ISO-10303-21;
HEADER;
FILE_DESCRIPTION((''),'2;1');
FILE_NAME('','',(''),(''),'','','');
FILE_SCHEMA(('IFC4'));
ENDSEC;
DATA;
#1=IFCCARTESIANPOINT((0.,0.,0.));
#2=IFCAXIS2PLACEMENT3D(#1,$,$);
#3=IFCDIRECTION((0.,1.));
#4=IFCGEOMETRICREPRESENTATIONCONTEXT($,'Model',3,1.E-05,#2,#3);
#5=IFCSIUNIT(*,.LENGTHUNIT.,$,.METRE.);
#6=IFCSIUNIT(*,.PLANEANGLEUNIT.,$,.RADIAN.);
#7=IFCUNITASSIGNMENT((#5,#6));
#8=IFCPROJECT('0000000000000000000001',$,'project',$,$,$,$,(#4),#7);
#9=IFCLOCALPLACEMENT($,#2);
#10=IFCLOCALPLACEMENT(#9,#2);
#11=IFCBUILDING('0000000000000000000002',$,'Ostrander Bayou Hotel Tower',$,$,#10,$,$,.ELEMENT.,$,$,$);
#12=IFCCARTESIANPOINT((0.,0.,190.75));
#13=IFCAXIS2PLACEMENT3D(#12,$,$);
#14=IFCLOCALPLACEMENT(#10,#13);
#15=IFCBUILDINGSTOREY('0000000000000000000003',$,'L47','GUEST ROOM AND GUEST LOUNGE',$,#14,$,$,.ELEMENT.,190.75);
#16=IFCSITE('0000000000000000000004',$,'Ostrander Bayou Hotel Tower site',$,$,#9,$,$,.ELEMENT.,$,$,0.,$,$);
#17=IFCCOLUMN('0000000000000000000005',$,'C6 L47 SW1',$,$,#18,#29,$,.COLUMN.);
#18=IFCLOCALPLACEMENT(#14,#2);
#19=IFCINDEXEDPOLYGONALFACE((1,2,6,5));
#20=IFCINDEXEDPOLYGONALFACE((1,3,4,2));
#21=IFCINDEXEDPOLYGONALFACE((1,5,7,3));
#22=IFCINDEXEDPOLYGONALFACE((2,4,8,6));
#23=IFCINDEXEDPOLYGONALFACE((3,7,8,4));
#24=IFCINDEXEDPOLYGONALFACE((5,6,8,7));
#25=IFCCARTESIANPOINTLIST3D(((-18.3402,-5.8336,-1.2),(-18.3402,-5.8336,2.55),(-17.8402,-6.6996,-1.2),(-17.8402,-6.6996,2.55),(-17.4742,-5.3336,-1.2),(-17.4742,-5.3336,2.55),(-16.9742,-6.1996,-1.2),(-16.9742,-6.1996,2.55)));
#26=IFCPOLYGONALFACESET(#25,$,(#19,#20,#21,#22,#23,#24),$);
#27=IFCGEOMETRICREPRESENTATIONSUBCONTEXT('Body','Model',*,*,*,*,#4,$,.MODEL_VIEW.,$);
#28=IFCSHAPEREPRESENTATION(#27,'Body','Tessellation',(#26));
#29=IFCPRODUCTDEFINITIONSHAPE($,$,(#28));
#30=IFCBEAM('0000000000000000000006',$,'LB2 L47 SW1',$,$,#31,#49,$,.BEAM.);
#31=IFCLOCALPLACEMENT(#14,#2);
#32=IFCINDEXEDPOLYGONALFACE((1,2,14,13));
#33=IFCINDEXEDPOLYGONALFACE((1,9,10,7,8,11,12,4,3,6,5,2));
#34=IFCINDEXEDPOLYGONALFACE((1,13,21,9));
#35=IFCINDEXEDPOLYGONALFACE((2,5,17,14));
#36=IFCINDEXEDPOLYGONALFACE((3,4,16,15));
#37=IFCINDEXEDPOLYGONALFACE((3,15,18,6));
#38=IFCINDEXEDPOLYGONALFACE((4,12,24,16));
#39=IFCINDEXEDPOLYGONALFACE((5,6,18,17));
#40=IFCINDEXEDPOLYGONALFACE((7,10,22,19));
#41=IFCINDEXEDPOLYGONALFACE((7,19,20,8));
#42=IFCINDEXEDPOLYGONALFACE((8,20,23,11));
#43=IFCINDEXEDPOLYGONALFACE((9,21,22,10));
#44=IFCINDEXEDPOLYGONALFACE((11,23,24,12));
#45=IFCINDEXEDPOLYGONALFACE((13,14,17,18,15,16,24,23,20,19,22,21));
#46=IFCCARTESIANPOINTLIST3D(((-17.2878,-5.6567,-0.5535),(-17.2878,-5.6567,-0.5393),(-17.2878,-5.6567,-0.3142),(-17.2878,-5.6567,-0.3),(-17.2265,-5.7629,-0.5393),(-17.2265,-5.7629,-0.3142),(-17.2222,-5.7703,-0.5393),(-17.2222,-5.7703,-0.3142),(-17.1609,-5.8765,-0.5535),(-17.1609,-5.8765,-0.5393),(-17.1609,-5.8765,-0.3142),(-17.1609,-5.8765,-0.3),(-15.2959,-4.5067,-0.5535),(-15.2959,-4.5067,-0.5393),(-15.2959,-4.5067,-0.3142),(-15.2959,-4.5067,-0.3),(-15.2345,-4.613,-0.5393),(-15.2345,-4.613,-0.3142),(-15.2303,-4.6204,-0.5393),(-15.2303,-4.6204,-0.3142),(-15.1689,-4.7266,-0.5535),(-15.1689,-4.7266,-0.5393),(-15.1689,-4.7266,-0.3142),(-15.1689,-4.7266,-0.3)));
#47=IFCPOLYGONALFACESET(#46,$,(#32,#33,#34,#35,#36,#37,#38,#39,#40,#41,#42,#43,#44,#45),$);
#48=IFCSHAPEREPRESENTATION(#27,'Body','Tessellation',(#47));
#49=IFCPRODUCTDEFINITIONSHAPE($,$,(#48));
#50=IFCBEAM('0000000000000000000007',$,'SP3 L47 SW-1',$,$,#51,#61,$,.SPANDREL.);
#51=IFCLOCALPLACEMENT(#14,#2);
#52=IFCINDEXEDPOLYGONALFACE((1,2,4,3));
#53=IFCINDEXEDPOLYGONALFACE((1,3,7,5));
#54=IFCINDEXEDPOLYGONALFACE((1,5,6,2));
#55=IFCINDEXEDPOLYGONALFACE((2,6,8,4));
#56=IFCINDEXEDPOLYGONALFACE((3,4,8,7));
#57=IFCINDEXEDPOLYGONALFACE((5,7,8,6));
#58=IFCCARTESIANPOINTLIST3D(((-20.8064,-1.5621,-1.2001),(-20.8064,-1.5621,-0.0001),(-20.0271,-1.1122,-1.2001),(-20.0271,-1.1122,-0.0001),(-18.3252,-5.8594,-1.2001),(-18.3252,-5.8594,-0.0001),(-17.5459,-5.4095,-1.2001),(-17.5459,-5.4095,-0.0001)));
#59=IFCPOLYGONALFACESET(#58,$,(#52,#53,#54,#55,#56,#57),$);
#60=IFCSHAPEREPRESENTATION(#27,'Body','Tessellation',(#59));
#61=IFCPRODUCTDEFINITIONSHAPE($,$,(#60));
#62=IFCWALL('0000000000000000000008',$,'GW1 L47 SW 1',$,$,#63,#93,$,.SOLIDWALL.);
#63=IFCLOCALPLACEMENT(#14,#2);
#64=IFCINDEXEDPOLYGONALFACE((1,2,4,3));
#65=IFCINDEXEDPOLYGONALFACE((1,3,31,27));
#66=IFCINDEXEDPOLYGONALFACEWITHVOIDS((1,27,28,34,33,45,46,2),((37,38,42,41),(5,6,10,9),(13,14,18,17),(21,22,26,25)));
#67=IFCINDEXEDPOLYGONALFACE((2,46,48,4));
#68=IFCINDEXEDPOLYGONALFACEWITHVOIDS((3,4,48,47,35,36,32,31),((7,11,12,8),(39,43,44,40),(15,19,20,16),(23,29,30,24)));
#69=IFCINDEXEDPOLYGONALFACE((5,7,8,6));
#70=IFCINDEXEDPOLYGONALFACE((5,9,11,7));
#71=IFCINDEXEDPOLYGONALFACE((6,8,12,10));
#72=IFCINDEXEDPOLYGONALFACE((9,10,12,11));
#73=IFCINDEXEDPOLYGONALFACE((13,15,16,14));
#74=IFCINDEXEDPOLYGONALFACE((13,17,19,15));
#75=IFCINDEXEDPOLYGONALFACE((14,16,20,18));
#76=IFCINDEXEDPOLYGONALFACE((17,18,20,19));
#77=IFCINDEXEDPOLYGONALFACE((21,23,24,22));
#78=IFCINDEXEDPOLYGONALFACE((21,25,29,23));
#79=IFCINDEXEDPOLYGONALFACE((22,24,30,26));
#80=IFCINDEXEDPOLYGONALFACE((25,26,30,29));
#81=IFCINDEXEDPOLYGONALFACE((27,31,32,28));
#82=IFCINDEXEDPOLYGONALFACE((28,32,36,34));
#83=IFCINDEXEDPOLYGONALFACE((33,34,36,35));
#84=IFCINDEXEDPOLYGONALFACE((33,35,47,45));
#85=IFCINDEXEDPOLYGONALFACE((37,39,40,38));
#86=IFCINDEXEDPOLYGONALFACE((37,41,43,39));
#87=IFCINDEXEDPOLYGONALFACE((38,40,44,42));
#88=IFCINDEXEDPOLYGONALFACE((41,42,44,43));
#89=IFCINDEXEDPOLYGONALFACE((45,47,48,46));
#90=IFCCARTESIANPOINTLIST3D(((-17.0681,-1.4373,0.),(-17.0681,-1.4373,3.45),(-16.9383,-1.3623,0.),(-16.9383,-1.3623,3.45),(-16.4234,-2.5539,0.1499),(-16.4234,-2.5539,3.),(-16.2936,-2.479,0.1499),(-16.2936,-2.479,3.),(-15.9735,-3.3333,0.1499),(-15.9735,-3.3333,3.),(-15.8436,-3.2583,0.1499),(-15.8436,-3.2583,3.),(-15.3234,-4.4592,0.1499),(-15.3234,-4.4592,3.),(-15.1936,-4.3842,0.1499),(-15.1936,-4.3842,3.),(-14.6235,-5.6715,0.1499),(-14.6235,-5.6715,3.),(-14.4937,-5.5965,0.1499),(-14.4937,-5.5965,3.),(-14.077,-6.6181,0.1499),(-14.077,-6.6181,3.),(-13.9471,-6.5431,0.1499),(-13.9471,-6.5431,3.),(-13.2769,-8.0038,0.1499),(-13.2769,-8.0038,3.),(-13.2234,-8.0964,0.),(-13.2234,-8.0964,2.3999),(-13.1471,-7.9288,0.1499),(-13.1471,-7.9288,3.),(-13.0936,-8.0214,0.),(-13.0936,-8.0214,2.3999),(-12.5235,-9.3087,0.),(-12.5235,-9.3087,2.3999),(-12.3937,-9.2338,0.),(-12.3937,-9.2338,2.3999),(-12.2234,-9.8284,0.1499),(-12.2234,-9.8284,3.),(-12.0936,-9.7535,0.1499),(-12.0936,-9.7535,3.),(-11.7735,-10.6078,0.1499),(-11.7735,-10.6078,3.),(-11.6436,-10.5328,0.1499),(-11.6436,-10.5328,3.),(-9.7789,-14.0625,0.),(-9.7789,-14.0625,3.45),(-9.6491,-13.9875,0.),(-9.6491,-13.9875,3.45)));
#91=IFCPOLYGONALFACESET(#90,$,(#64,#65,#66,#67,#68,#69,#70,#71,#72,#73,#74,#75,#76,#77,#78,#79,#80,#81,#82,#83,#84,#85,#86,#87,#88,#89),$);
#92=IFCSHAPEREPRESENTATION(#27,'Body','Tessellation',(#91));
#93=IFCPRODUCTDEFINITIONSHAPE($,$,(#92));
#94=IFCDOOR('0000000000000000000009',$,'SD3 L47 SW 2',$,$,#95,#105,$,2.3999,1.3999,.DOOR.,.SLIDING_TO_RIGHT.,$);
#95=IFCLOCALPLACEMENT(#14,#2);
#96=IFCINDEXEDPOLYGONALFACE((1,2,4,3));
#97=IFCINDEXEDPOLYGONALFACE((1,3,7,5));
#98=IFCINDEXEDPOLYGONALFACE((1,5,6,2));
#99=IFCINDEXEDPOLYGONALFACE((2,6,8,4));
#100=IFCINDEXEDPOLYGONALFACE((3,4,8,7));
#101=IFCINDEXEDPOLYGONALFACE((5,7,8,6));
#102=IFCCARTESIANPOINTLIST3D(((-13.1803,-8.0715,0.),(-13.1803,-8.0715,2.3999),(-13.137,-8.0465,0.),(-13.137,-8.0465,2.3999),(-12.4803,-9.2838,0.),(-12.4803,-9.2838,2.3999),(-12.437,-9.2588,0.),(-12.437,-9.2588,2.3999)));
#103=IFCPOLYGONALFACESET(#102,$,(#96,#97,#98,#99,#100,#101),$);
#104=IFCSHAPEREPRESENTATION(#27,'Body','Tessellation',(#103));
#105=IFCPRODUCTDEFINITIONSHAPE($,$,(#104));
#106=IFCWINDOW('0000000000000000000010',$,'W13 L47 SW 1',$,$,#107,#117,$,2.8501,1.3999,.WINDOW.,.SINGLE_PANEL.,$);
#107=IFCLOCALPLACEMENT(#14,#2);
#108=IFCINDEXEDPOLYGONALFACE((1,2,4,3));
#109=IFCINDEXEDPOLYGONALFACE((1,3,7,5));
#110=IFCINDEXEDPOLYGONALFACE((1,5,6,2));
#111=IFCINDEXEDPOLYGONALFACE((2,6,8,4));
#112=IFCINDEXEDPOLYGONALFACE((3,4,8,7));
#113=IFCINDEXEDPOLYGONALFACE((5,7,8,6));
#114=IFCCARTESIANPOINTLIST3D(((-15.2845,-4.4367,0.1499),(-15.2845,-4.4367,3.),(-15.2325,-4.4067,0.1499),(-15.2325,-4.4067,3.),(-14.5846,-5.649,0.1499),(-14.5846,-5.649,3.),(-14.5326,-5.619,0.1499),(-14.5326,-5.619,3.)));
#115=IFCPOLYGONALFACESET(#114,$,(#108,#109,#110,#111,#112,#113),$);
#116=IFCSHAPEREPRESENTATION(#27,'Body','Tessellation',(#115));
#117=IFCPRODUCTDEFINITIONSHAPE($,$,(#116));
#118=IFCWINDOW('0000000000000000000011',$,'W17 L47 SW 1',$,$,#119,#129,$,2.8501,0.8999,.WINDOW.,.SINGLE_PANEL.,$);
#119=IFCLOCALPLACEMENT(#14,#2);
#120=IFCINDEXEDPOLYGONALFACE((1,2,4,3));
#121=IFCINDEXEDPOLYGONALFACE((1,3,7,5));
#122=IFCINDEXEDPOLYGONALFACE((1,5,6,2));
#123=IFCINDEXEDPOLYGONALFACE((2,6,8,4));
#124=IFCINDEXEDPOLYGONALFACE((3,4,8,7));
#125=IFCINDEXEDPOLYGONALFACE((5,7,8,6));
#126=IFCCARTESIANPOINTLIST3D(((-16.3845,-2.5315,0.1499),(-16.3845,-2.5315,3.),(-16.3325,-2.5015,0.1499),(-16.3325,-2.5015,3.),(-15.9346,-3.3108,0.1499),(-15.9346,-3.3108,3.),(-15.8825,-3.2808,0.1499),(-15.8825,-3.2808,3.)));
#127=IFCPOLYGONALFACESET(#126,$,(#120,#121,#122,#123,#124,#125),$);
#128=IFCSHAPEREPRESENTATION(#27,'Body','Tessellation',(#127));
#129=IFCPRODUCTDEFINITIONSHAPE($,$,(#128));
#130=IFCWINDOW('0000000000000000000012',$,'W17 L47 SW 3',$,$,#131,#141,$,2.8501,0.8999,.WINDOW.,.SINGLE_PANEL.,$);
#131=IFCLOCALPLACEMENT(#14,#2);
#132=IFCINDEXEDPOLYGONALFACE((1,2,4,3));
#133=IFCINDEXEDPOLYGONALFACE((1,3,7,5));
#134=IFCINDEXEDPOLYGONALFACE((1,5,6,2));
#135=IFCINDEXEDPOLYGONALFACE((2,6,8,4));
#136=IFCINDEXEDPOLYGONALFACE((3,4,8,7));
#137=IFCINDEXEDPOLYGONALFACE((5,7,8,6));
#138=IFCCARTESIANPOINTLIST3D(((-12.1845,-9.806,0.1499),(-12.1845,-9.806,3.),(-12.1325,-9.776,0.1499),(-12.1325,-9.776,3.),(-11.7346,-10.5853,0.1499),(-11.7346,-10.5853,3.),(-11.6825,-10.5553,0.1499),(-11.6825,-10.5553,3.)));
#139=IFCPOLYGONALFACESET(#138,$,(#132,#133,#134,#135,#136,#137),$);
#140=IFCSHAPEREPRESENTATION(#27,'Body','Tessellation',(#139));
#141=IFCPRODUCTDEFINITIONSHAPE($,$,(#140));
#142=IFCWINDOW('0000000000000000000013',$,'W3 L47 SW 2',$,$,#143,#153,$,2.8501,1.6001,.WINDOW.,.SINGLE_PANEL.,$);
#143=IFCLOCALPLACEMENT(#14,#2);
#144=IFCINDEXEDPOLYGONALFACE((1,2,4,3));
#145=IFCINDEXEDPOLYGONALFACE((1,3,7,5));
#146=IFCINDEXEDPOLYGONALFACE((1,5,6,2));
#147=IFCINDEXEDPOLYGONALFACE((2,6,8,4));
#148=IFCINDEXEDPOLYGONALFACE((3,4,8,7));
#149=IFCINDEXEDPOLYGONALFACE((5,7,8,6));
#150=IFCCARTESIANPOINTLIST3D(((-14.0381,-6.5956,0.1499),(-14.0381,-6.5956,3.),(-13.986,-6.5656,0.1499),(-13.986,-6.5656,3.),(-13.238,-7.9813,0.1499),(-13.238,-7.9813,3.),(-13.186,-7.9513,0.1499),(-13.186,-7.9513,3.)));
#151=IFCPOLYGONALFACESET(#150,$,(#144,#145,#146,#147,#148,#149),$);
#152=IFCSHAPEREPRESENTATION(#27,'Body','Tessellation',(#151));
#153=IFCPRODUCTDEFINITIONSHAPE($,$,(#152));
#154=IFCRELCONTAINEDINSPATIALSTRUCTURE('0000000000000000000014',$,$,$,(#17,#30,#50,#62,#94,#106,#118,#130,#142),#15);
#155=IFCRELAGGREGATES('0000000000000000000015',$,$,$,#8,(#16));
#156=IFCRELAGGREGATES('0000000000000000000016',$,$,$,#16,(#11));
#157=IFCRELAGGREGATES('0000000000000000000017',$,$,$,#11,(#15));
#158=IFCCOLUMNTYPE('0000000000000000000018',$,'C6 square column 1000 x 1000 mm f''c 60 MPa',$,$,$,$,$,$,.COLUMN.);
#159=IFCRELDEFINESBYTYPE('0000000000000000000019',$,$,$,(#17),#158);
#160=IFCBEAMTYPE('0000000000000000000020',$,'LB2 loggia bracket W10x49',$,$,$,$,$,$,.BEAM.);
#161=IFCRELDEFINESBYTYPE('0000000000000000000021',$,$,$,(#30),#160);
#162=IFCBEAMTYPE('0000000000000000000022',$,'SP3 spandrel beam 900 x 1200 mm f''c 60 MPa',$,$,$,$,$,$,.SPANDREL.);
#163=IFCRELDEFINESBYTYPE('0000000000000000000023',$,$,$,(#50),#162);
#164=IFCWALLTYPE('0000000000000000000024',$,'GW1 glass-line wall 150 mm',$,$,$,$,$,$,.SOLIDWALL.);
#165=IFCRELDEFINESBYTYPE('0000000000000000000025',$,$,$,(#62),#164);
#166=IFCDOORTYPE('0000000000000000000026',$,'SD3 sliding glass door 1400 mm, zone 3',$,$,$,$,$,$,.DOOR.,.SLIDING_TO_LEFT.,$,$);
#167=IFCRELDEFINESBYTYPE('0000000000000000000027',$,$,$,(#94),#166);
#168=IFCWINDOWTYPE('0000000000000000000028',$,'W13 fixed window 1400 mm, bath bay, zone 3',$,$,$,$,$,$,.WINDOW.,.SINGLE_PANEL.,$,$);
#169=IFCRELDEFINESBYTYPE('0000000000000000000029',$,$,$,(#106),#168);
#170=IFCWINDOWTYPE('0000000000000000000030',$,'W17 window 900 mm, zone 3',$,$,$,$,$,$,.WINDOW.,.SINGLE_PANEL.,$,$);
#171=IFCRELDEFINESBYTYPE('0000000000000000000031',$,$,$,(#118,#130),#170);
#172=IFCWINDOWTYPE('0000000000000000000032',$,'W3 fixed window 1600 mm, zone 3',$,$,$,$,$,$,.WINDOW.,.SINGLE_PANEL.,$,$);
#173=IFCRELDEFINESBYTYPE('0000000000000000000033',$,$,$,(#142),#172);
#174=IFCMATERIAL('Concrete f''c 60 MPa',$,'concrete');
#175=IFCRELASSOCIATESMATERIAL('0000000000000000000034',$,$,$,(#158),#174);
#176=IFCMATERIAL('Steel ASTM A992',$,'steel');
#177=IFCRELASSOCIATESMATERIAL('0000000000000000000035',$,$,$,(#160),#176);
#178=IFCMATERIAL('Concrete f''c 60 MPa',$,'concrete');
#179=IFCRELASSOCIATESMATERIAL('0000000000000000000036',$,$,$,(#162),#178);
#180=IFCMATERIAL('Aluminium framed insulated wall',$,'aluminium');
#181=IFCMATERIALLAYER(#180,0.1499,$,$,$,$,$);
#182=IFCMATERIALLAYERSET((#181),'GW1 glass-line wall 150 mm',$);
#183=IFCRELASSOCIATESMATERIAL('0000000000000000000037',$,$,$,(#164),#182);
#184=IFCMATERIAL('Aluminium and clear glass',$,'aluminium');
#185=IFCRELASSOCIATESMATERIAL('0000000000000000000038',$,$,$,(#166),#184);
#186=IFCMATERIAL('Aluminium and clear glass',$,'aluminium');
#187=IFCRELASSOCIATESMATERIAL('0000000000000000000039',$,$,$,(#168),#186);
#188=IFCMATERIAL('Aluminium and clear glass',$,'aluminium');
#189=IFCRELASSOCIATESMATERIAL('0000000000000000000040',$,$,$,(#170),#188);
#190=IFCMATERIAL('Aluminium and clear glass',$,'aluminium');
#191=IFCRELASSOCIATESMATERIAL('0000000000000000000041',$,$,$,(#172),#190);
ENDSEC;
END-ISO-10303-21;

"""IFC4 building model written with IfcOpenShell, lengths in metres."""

from ifc_helpers import new_model, si_unit, direction, frame, frame_2d, origin, origin_2d, place, context, subcontext, project, spatial, rectangle, i_section, extrude, material, layer, layer_set, material_profile, profile_set, type_object, element, fill, save


model = new_model("IFC4")

# Units and contexts
model_context = context("Model", 3, precision=1e-05, world=origin(), true_north=direction((0.0, 1.0)))
body_context = subcontext(model_context, "Body", "Model", "MODEL_VIEW")
ifc_project = project(units=[si_unit("LENGTHUNIT", "METRE"), si_unit("PLANEANGLEUNIT", "RADIAN")], contexts=[model_context])

# Site, building, storey
site_placement = place(None, origin())
site = spatial("IfcSite", under=ifc_project, at=site_placement, Name="Ostrander Bayou Hotel Tower site", CompositionType="ELEMENT", RefElevation=0.0)
building_placement = place(site_placement, origin())
building = spatial("IfcBuilding", under=site, at=building_placement, Name="Ostrander Bayou Hotel Tower", CompositionType="ELEMENT")
storey_placement = place(building_placement, frame((0.0, 0.0, 190.75)))
storey = spatial("IfcBuildingStorey", under=building, at=storey_placement, Name="L47", Description="GUEST ROOM AND GUEST LOUNGE", CompositionType="ELEMENT", Elevation=190.75)

# Column
ifc_material_1 = material(Name="Concrete f'c 60 MPa", Category="concrete")
ifc_material_profile_1 = material_profile(ifc_material_1, rectangle(XDim=1.0, YDim=1.0, at=origin_2d()))
ifc_profile_set_1 = profile_set([ifc_material_profile_1], Name="Concrete f'c 60 MPa")
column_type = type_object("IfcColumnType", Name="C6 square column 1000 x 1000 mm f'c 60 MPa", PredefinedType="COLUMN", material=ifc_profile_set_1)
column_placement = place(storey_placement, frame((-17.6572, -6.0166, -1.2), z_axis=(0.0, 0.0, 1.0), x_axis=(-0.5, 0.866025, 0.0)))
element("IfcColumn", 1, at=column_placement, inside=storey, type_object=column_type, Name="C6 L47 SW1", PredefinedType="COLUMN", context=body_context, shape_type="SweptSolid", body=[
    extrude(rectangle(XDim=1.0, YDim=1.0, at=origin_2d()), origin(), (0.0, 0.0, 1.0), 3.75),
])

# Beams
ifc_material_2 = material(Name="Steel ASTM A992", Category="steel")
ifc_material_profile_2 = material_profile(ifc_material_2, i_section(OverallWidth=0.2539, OverallDepth=0.2534, WebThickness=0.0085, FlangeThickness=0.0142, at=origin_2d()))
ifc_profile_set_2 = profile_set([ifc_material_profile_2], Name="Steel ASTM A992")
beam_type_1 = type_object("IfcBeamType", Name="LB2 loggia bracket W10x49", PredefinedType="BEAM", material=ifc_profile_set_2)
beam_1_placement = place(storey_placement, frame((-17.2244, -5.7666, -0.4268), z_axis=(0.866053, 0.499952, 0.0), x_axis=(-0.499952, 0.866053, 0.0)))
element("IfcBeam", 2, at=beam_1_placement, inside=storey, type_object=beam_type_1, Name="LB2 L47 SW1", PredefinedType="BEAM", context=body_context, shape_type="SweptSolid", body=[
    extrude(i_section(OverallWidth=0.2539, OverallDepth=0.2534, WebThickness=0.0085, FlangeThickness=0.0142, at=origin_2d()), origin(), (0.0, 0.0, 1.0), 2.3),
])
ifc_material_3 = material(Name="Concrete f'c 60 MPa", Category="concrete")
ifc_material_profile_3 = material_profile(ifc_material_3, rectangle(XDim=0.8999, YDim=1.2, at=origin_2d()))
ifc_profile_set_3 = profile_set([ifc_material_profile_3], Name="Concrete f'c 60 MPa")
beam_type_2 = type_object("IfcBeamType", Name="SP3 spandrel beam 900 x 1200 mm f'c 60 MPa", PredefinedType="SPANDREL", material=ifc_profile_set_3)
beam_2_placement = place(storey_placement, frame((-20.4167, -1.3372, -0.6001), z_axis=(0.500018, -0.866015, 0.0), x_axis=(0.866015, 0.500018, 0.0)))
element("IfcBeam", 3, at=beam_2_placement, inside=storey, type_object=beam_type_2, Name="SP3 L47 SW-1", PredefinedType="SPANDREL", context=body_context, shape_type="SweptSolid", body=[
    extrude(rectangle(XDim=0.8999, YDim=1.2, at=origin_2d()), origin(), (0.0, 0.0, 1.0), 4.9622),
])

# Wall, openings, door, windows
ifc_material_4 = material(Name="Aluminium framed insulated wall", Category="aluminium")
ifc_layer_1 = layer(ifc_material_4, 0.1499)
ifc_layer_set_1 = layer_set([ifc_layer_1], Name="GW1 glass-line wall 150 mm")
wall_type_1 = type_object("IfcWallType", Name="GW1 glass-line wall 150 mm", PredefinedType="SOLIDWALL", material=ifc_layer_set_1)
wall_1_placement = place(storey_placement, frame((-17.0032, -1.3999, 0.0), z_axis=(0.0, 0.0, 1.0), x_axis=(0.500006, -0.866022, 0.0)))
wall_1 = element("IfcWall", 4, at=wall_1_placement, inside=storey, type_object=wall_type_1, Name="GW1 L47 SW 1", PredefinedType="SOLIDWALL", context=body_context, shape_type="SweptSolid", body=[
    extrude(rectangle(XDim=14.5784, YDim=0.1499, at=frame_2d((7.2891, 0.0))), origin(), (0.0, 0.0, 1.0), 3.45),
])
opening_1_placement = place(wall_1_placement, frame((1.2893, 0.0, 0.1499)))
opening_1 = element("IfcOpeningElement", 5, at=opening_1_placement, cuts=wall_1, PredefinedType="OPENING", context=body_context, shape_type="SweptSolid", body=[
    extrude(rectangle(XDim=0.8999, YDim=2.8501, at=frame_2d((0.45, 1.425))), frame((0.0, 0.075, 0.0), z_axis=(0.0, -1.0, 0.0), x_axis=(1.0, 0.0, 0.0)), (0.0, 0.0, 1.0), 0.1499),
])
opening_2_placement = place(wall_1_placement, frame((3.4893, 0.0, 0.1499)))
opening_2 = element("IfcOpeningElement", 6, at=opening_2_placement, cuts=wall_1, PredefinedType="OPENING", context=body_context, shape_type="SweptSolid", body=[
    extrude(rectangle(XDim=1.3999, YDim=2.8501, at=frame_2d((0.7, 1.425))), frame((0.0, 0.075, 0.0), z_axis=(0.0, -1.0, 0.0), x_axis=(1.0, 0.0, 0.0)), (0.0, 0.0, 1.0), 0.1499),
])
opening_3_placement = place(wall_1_placement, frame((5.9822, 0.0, 0.1499)))
opening_3 = element("IfcOpeningElement", 7, at=opening_3_placement, cuts=wall_1, PredefinedType="OPENING", context=body_context, shape_type="SweptSolid", body=[
    extrude(rectangle(XDim=1.6001, YDim=2.8501, at=frame_2d((0.8, 1.425))), frame((0.0, 0.075, 0.0), z_axis=(0.0, -1.0, 0.0), x_axis=(1.0, 0.0, 0.0)), (0.0, 0.0, 1.0), 0.1499),
])
opening_4_placement = place(wall_1_placement, frame((7.6892, 0.0, 0.0)))
opening_4 = element("IfcOpeningElement", 8, at=opening_4_placement, cuts=wall_1, PredefinedType="OPENING", context=body_context, shape_type="SweptSolid", body=[
    extrude(rectangle(XDim=1.3999, YDim=2.3999, at=frame_2d((0.7, 1.2))), frame((0.0, 0.075, 0.0), z_axis=(0.0, -1.0, 0.0), x_axis=(1.0, 0.0, 0.0)), (0.0, 0.0, 1.0), 0.1499),
])
opening_5_placement = place(wall_1_placement, frame((9.6892, 0.0, 0.1499)))
opening_5 = element("IfcOpeningElement", 9, at=opening_5_placement, cuts=wall_1, PredefinedType="OPENING", context=body_context, shape_type="SweptSolid", body=[
    extrude(rectangle(XDim=0.8999, YDim=2.8501, at=frame_2d((0.45, 1.425))), frame((0.0, 0.075, 0.0), z_axis=(0.0, -1.0, 0.0), x_axis=(1.0, 0.0, 0.0)), (0.0, 0.0, 1.0), 0.1499),
])
ifc_material_5 = material(Name="Aluminium and clear glass", Category="aluminium")
door_type_1 = type_object("IfcDoorType", Name="SD3 sliding glass door 1400 mm, zone 3", OperationType="SLIDING_TO_LEFT", PredefinedType="DOOR", material=ifc_material_5)
door_1_placement = place(opening_4_placement, origin())
door_1 = element("IfcDoor", 10, at=door_1_placement, inside=storey, type_object=door_type_1, Name="SD3 L47 SW 2", OperationType="SLIDING_TO_RIGHT", OverallHeight=2.3999, OverallWidth=1.3999, PredefinedType="DOOR", context=body_context, shape_type="SweptSolid", body=[
    extrude(rectangle(XDim=1.3999, YDim=2.3999, at=frame_2d((0.7, 1.2))), frame((0.0, 0.0249, 0.0), z_axis=(0.0, -1.0, 0.0), x_axis=(1.0, 0.0, 0.0)), (0.0, 0.0, 1.0), 0.05),
])
fill(opening_4, door_1)
ifc_material_6 = material(Name="Aluminium and clear glass", Category="aluminium")
window_type_1 = type_object("IfcWindowType", Name="W13 fixed window 1400 mm, bath bay, zone 3", PartitioningType="SINGLE_PANEL", PredefinedType="WINDOW", material=ifc_material_6)
window_1_placement = place(opening_2_placement, origin())
window_1 = element("IfcWindow", 11, at=window_1_placement, inside=storey, type_object=window_type_1, Name="W13 L47 SW 1", OverallHeight=2.8501, OverallWidth=1.3999, PartitioningType="SINGLE_PANEL", PredefinedType="WINDOW", context=body_context, shape_type="SweptSolid", body=[
    extrude(rectangle(XDim=1.3999, YDim=2.8501, at=frame_2d((0.7, 1.425))), frame((0.0, 0.03, 0.0), z_axis=(0.0, -1.0, 0.0), x_axis=(1.0, 0.0, 0.0)), (0.0, 0.0, 1.0), 0.0601),
])
fill(opening_2, window_1)
ifc_material_7 = material(Name="Aluminium and clear glass", Category="aluminium")
window_type_2 = type_object("IfcWindowType", Name="W17 window 900 mm, zone 3", PartitioningType="SINGLE_PANEL", PredefinedType="WINDOW", material=ifc_material_7)
window_2_placement = place(opening_1_placement, origin())
window_2 = element("IfcWindow", 12, at=window_2_placement, inside=storey, type_object=window_type_2, Name="W17 L47 SW 1", OverallHeight=2.8501, OverallWidth=0.8999, PartitioningType="SINGLE_PANEL", PredefinedType="WINDOW", context=body_context, shape_type="SweptSolid", body=[
    extrude(rectangle(XDim=0.8999, YDim=2.8501, at=frame_2d((0.45, 1.425))), frame((0.0, 0.03, 0.0), z_axis=(0.0, -1.0, 0.0), x_axis=(1.0, 0.0, 0.0)), (0.0, 0.0, 1.0), 0.0601),
])
fill(opening_1, window_2)
window_3_placement = place(opening_5_placement, origin())
window_3 = element("IfcWindow", 13, at=window_3_placement, inside=storey, type_object=window_type_2, Name="W17 L47 SW 3", OverallHeight=2.8501, OverallWidth=0.8999, PartitioningType="SINGLE_PANEL", PredefinedType="WINDOW", context=body_context, shape_type="SweptSolid", body=[
    extrude(rectangle(XDim=0.8999, YDim=2.8501, at=frame_2d((0.45, 1.425))), frame((0.0, 0.03, 0.0), z_axis=(0.0, -1.0, 0.0), x_axis=(1.0, 0.0, 0.0)), (0.0, 0.0, 1.0), 0.0601),
])
fill(opening_5, window_3)
ifc_material_8 = material(Name="Aluminium and clear glass", Category="aluminium")
window_type_3 = type_object("IfcWindowType", Name="W3 fixed window 1600 mm, zone 3", PartitioningType="SINGLE_PANEL", PredefinedType="WINDOW", material=ifc_material_8)
window_4_placement = place(opening_3_placement, origin())
window_4 = element("IfcWindow", 14, at=window_4_placement, inside=storey, type_object=window_type_3, Name="W3 L47 SW 2", OverallHeight=2.8501, OverallWidth=1.6001, PartitioningType="SINGLE_PANEL", PredefinedType="WINDOW", context=body_context, shape_type="SweptSolid", body=[
    extrude(rectangle(XDim=1.6001, YDim=2.8501, at=frame_2d((0.8, 1.425))), frame((0.0, 0.03, 0.0), z_axis=(0.0, -1.0, 0.0), x_axis=(1.0, 0.0, 0.0)), (0.0, 0.0, 1.0), 0.0601),
])
fill(opening_3, window_4)

save(model, "model.ifc")
